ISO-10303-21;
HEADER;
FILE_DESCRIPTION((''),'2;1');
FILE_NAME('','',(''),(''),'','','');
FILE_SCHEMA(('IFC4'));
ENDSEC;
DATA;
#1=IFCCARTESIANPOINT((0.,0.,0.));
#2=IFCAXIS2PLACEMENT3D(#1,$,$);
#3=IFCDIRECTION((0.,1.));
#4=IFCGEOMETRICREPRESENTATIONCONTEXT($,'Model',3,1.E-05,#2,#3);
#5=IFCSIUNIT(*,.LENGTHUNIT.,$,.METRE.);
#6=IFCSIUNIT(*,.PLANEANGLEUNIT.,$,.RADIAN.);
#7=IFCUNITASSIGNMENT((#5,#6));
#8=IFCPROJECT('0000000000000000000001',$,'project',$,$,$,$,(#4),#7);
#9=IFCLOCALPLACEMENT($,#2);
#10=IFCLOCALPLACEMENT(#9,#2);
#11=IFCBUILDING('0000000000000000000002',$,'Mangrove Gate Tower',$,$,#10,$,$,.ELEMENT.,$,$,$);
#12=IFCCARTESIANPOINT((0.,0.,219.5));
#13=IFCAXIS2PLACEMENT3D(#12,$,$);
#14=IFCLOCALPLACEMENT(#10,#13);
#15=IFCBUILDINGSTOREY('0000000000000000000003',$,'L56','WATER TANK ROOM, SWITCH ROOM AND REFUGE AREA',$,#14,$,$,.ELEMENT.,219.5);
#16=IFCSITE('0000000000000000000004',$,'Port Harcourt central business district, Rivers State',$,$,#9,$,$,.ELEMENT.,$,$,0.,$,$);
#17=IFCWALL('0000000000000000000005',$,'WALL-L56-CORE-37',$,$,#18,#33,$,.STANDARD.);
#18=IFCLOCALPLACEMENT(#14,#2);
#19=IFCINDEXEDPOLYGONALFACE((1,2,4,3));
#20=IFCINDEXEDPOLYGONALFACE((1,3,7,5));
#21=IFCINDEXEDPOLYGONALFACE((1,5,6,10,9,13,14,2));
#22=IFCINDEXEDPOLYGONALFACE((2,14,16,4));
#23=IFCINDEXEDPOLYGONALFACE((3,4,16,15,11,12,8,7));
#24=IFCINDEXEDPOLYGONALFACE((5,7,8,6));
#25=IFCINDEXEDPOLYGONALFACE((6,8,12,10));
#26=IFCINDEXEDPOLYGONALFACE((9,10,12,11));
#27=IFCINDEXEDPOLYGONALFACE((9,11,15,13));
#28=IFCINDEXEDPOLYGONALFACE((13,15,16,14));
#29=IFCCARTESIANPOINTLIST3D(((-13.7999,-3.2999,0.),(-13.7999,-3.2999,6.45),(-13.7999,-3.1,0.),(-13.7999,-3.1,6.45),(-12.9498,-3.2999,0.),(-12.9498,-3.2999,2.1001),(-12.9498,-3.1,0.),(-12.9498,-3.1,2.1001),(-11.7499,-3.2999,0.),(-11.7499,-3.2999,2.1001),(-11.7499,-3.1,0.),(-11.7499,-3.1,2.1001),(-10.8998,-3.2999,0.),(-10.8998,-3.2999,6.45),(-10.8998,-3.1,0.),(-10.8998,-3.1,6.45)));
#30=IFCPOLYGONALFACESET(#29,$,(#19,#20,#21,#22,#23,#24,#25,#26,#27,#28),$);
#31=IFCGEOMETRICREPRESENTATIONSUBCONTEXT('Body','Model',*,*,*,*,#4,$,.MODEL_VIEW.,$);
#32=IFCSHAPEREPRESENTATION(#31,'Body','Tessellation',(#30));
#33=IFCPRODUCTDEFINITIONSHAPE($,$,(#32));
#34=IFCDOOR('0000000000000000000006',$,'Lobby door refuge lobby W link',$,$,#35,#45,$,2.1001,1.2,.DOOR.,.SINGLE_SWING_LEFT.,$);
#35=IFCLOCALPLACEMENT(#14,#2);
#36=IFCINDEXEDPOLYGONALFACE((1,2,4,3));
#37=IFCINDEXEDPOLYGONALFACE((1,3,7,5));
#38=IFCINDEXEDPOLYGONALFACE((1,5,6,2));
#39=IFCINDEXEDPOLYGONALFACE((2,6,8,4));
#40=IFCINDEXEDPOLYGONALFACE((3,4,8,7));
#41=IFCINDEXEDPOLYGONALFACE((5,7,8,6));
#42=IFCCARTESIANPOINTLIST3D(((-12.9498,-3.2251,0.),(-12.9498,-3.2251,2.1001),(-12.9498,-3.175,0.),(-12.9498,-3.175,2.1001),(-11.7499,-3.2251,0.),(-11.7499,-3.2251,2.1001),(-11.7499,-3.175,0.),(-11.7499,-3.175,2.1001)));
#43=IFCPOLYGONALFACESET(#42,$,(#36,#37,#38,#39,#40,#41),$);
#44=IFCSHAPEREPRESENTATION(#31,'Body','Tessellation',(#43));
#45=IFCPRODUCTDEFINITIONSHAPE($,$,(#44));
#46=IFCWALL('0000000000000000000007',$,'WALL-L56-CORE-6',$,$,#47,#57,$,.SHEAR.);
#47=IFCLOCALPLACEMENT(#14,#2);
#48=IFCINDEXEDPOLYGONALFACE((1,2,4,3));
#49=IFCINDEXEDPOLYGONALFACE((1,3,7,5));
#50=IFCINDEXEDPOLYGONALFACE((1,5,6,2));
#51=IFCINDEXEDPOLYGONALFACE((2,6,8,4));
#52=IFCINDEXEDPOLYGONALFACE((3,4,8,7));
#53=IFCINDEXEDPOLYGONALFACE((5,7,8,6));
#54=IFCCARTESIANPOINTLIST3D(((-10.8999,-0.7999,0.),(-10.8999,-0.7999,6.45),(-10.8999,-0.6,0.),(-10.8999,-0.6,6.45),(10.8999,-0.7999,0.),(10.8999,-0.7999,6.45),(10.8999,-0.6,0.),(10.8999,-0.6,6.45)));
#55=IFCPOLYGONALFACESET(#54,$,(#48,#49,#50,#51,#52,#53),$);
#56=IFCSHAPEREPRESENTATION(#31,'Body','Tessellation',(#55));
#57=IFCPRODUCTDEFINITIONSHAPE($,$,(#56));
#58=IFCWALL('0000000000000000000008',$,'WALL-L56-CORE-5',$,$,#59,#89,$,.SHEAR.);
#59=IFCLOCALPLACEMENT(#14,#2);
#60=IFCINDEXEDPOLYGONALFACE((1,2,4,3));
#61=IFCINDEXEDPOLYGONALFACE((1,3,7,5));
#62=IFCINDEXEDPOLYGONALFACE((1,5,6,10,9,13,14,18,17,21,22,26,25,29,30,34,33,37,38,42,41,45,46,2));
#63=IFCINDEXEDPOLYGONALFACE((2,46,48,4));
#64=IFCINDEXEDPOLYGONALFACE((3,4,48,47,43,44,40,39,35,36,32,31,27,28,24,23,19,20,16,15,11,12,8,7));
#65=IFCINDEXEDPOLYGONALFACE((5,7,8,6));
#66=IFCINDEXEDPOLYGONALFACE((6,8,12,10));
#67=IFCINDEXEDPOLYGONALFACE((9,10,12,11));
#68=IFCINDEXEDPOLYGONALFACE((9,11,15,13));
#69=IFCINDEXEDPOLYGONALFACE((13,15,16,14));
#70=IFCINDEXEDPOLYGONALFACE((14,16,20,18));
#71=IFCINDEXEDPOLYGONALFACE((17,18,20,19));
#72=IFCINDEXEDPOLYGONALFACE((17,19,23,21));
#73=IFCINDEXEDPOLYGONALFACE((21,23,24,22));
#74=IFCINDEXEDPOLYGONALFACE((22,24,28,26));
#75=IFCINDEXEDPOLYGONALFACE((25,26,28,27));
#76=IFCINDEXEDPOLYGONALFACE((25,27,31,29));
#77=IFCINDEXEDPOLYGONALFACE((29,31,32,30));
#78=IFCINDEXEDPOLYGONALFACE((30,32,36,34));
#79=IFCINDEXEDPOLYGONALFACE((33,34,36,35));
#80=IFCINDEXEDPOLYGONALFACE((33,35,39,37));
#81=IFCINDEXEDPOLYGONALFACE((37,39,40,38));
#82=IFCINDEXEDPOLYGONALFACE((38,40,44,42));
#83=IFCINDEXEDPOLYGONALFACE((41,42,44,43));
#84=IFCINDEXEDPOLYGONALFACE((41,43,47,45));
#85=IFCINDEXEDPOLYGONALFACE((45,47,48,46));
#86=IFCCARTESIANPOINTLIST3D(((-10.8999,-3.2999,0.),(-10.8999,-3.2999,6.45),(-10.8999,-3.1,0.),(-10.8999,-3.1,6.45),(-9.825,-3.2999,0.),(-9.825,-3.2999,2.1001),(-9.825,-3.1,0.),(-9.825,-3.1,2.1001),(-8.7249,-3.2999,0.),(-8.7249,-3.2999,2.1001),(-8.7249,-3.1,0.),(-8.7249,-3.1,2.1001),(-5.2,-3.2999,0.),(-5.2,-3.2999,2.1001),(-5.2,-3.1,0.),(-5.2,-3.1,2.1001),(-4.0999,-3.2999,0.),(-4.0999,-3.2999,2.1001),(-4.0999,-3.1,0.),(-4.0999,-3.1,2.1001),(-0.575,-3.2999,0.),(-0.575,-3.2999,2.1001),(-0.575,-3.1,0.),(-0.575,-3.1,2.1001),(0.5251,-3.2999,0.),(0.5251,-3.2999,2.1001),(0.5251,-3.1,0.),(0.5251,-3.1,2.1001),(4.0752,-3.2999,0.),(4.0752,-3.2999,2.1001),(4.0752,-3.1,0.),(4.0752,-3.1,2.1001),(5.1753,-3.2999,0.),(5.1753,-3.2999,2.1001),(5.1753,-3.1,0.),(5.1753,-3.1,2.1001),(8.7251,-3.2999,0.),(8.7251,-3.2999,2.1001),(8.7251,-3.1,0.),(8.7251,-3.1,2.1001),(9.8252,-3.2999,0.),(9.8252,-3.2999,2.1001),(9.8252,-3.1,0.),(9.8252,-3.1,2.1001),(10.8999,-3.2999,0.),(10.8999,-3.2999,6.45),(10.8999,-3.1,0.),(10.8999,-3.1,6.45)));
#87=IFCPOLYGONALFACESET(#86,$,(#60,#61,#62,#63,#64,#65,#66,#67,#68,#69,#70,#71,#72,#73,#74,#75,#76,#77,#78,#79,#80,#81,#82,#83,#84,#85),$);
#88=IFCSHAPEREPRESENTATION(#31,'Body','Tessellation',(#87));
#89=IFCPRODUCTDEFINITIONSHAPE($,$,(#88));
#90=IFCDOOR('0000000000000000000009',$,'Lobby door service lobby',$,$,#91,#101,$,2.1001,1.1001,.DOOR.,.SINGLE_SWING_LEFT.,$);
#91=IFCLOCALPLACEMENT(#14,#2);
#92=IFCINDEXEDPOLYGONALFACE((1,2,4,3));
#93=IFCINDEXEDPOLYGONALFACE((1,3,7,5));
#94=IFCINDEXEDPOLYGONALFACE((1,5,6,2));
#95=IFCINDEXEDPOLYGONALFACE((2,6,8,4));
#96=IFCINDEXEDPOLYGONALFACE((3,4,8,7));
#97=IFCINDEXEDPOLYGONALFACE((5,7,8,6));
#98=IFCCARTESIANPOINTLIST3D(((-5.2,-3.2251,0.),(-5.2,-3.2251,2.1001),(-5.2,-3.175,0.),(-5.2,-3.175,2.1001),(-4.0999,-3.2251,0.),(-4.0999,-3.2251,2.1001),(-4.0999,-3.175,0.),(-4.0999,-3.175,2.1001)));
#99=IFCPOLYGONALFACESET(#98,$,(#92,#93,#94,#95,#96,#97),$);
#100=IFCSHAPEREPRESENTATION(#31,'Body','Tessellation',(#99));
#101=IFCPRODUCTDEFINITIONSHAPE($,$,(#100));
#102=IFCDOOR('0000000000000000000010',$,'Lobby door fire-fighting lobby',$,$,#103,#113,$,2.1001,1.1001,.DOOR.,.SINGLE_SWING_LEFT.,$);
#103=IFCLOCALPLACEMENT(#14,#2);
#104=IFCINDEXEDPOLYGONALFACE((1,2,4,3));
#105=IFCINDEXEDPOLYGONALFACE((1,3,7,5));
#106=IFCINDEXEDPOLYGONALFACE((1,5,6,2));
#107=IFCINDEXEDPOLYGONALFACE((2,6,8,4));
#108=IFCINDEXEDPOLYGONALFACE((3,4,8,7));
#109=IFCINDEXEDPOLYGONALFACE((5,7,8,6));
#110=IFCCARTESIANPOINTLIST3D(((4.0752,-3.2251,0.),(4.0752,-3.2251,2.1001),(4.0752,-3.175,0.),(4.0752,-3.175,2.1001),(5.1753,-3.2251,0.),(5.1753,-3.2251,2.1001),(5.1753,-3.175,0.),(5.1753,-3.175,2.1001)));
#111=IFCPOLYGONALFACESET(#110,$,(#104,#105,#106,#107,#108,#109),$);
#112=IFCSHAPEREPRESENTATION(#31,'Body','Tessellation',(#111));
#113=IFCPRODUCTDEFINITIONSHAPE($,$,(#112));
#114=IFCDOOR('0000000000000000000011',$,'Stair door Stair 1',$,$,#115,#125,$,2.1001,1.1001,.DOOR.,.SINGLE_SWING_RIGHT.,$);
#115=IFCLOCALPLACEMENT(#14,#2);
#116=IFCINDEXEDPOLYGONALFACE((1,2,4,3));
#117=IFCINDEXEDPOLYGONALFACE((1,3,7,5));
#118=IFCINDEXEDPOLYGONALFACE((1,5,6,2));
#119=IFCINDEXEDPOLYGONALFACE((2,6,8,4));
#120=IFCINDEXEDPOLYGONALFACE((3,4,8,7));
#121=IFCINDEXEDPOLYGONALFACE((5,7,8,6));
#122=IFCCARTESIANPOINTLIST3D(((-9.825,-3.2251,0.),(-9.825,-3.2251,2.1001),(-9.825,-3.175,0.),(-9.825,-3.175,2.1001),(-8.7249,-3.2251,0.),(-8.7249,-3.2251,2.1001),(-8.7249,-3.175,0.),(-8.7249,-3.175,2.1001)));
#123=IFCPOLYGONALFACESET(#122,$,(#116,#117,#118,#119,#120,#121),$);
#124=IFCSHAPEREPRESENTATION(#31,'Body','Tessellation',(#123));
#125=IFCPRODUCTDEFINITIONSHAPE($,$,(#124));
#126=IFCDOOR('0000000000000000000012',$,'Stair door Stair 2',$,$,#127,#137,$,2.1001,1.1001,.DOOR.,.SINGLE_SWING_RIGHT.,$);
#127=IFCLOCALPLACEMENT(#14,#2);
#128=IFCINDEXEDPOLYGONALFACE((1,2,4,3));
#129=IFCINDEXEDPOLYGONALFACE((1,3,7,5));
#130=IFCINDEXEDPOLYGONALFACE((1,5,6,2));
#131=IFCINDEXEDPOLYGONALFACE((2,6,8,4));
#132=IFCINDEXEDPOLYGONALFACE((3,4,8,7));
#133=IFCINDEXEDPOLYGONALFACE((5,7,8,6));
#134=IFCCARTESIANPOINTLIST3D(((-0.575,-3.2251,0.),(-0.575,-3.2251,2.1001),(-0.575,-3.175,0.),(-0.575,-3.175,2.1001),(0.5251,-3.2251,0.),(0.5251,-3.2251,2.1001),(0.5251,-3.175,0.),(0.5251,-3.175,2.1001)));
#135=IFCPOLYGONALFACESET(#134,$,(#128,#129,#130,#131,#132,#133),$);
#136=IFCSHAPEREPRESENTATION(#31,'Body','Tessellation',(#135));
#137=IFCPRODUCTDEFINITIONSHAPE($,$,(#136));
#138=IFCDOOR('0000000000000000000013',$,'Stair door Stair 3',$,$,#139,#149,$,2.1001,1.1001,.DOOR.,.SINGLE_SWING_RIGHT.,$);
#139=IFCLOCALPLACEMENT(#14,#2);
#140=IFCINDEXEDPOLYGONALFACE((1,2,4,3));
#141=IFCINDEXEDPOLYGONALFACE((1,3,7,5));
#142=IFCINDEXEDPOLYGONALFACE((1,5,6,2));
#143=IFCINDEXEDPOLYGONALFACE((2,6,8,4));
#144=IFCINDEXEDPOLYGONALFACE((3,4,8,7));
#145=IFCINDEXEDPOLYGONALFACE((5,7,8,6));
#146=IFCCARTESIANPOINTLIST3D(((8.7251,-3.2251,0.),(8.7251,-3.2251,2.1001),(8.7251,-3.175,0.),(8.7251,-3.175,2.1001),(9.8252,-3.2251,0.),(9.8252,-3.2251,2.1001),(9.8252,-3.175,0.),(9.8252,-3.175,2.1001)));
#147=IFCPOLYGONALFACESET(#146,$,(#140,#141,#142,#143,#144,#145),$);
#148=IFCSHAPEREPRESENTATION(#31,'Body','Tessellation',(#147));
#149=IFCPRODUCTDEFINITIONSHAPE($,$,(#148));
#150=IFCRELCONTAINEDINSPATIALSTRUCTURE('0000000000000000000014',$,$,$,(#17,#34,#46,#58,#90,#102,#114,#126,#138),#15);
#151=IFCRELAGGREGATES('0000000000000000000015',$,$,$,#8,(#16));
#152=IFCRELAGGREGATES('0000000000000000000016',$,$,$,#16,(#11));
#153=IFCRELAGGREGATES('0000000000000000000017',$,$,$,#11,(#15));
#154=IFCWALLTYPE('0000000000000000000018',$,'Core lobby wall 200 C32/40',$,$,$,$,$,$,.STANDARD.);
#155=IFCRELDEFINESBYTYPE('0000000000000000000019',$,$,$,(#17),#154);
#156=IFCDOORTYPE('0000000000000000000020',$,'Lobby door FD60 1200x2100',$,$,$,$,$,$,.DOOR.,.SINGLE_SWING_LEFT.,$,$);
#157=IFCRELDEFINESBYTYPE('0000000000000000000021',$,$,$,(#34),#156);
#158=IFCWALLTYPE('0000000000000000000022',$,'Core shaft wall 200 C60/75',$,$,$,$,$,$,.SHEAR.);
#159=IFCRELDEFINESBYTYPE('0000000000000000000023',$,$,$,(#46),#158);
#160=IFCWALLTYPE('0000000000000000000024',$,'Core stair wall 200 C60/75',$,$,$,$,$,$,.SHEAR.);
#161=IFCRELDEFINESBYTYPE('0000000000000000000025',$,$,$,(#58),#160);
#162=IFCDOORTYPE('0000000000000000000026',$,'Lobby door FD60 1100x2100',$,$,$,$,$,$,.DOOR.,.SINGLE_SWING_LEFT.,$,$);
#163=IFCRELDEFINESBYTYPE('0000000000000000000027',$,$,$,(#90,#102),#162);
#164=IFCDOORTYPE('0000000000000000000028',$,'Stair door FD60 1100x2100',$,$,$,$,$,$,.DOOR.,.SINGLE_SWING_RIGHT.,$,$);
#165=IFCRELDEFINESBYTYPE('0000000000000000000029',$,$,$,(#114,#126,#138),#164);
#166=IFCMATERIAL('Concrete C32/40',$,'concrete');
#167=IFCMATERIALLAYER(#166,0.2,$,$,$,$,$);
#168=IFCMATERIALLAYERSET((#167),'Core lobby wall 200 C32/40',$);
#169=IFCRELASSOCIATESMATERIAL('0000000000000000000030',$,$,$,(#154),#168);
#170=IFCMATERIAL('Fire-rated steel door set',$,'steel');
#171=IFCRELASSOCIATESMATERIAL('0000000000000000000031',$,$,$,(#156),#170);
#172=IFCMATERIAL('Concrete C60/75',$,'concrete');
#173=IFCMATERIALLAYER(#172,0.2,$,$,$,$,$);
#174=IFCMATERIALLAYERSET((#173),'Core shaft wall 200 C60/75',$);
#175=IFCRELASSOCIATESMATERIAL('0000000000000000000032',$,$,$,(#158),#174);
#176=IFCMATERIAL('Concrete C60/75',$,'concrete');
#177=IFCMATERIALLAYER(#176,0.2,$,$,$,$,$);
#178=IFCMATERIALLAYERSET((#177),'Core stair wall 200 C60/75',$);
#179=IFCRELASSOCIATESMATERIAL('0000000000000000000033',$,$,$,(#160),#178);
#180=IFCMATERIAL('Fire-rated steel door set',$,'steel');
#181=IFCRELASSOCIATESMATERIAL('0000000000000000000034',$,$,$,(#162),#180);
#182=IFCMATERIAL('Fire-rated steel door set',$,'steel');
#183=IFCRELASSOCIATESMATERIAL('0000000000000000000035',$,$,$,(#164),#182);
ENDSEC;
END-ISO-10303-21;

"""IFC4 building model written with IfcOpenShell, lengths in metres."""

from ifc_helpers import new_model, si_unit, direction, frame, frame_2d, origin, place, context, subcontext, project, spatial, rectangle, extrude, material, layer, layer_set, type_object, element, fill, save


model = new_model("IFC4")

# Units and contexts
model_context = context("Model", 3, precision=1e-05, world=origin(), true_north=direction((0.0, 1.0)))
body_context = subcontext(model_context, "Body", "Model", "MODEL_VIEW")
ifc_project = project(units=[si_unit("LENGTHUNIT", "METRE"), si_unit("PLANEANGLEUNIT", "RADIAN")], contexts=[model_context])

# Site, building, storey
site_placement = place(None, origin())
site = spatial("IfcSite", under=ifc_project, at=site_placement, Name="Port Harcourt central business district, Rivers State", CompositionType="ELEMENT", RefElevation=0.0)
building_placement = place(site_placement, origin())
building = spatial("IfcBuilding", under=site, at=building_placement, Name="Mangrove Gate Tower", CompositionType="ELEMENT")
storey_placement = place(building_placement, frame((0.0, 0.0, 219.5)))
storey = spatial("IfcBuildingStorey", under=building, at=storey_placement, Name="L56", Description="WATER TANK ROOM, SWITCH ROOM AND REFUGE AREA", CompositionType="ELEMENT", Elevation=219.5)

# Wall, opening, door
ifc_material_1 = material(Name="Concrete C32/40", Category="concrete")
ifc_layer_1 = layer(ifc_material_1, 0.2)
ifc_layer_set_1 = layer_set([ifc_layer_1], Name="Core lobby wall 200 C32/40")
wall_type_1 = type_object("IfcWallType", Name="Core lobby wall 200 C32/40", PredefinedType="STANDARD", material=ifc_layer_set_1)
wall_1_placement = place(storey_placement, frame((-13.8, -3.2, 0.0), z_axis=(0.0, 0.0, 1.0), x_axis=(1.0, 0.0, 0.0)))
wall_1 = element("IfcWall", 1, at=wall_1_placement, inside=storey, type_object=wall_type_1, Name="WALL-L56-CORE-37", PredefinedType="STANDARD", context=body_context, shape_type="SweptSolid", body=[
    extrude(rectangle(XDim=2.9001, YDim=0.2, at=frame_2d((1.4502, 0.0))), origin(), (0.0, 0.0, 1.0), 6.45),
])
opening_1_placement = place(wall_1_placement, frame((0.8501, 0.0, 0.0)))
opening_1 = element("IfcOpeningElement", 2, at=opening_1_placement, cuts=wall_1, PredefinedType="OPENING", context=body_context, shape_type="SweptSolid", body=[
    extrude(rectangle(XDim=1.2, YDim=2.1001, at=frame_2d((0.6001, 1.05))), frame((0.0, 0.1099, 0.0), z_axis=(0.0, -1.0, 0.0), x_axis=(1.0, 0.0, 0.0)), (0.0, 0.0, 1.0), 0.22),
])
ifc_material_2 = material(Name="Fire-rated steel door set", Category="steel")
door_type_1 = type_object("IfcDoorType", Name="Lobby door FD60 1200x2100", OperationType="SINGLE_SWING_LEFT", PredefinedType="DOOR", material=ifc_material_2)
door_1_placement = place(opening_1_placement, origin())
door_1 = element("IfcDoor", 3, at=door_1_placement, inside=storey, type_object=door_type_1, Name="Lobby door refuge lobby W link", OperationType="SINGLE_SWING_LEFT", OverallHeight=2.1001, OverallWidth=1.2, PredefinedType="DOOR", context=body_context, shape_type="SweptSolid", body=[
    extrude(rectangle(XDim=1.2, YDim=2.1001, at=frame_2d((0.6001, 1.05))), frame((0.0, 0.0249, 0.0), z_axis=(0.0, -1.0, 0.0), x_axis=(1.0, 0.0, 0.0)), (0.0, 0.0, 1.0), 0.05),
])
fill(opening_1, door_1)

# Wall
ifc_material_3 = material(Name="Concrete C60/75", Category="concrete")
ifc_layer_2 = layer(ifc_material_3, 0.2)
ifc_layer_set_2 = layer_set([ifc_layer_2], Name="Core shaft wall 200 C60/75")
wall_type_2 = type_object("IfcWallType", Name="Core shaft wall 200 C60/75", PredefinedType="SHEAR", material=ifc_layer_set_2)
wall_2_placement = place(storey_placement, frame((-10.8999, -0.7, 0.0), z_axis=(0.0, 0.0, 1.0), x_axis=(1.0, 0.0, 0.0)))
element("IfcWall", 4, at=wall_2_placement, inside=storey, type_object=wall_type_2, Name="WALL-L56-CORE-6", PredefinedType="SHEAR", context=body_context, shape_type="SweptSolid", body=[
    extrude(rectangle(XDim=21.7998, YDim=0.2, at=frame_2d((10.8999, 0.0))), origin(), (0.0, 0.0, 1.0), 6.45),
])

# Wall, openings, doors
ifc_material_4 = material(Name="Concrete C60/75", Category="concrete")
ifc_layer_3 = layer(ifc_material_4, 0.2)
ifc_layer_set_3 = layer_set([ifc_layer_3], Name="Core stair wall 200 C60/75")
wall_type_3 = type_object("IfcWallType", Name="Core stair wall 200 C60/75", PredefinedType="SHEAR", material=ifc_layer_set_3)
wall_3_placement = place(storey_placement, frame((-10.8999, -3.2, 0.0), z_axis=(0.0, 0.0, 1.0), x_axis=(1.0, 0.0, 0.0)))
wall_3 = element("IfcWall", 5, at=wall_3_placement, inside=storey, type_object=wall_type_3, Name="WALL-L56-CORE-5", PredefinedType="SHEAR", context=body_context, shape_type="SweptSolid", body=[
    extrude(rectangle(XDim=21.7998, YDim=0.2, at=frame_2d((10.8999, 0.0))), origin(), (0.0, 0.0, 1.0), 6.45),
])
opening_2_placement = place(wall_3_placement, frame((1.075, 0.0, 0.0)))
opening_2 = element("IfcOpeningElement", 6, at=opening_2_placement, cuts=wall_3, PredefinedType="OPENING", context=body_context, shape_type="SweptSolid", body=[
    extrude(rectangle(XDim=1.1001, YDim=2.1001, at=frame_2d((0.55, 1.05))), frame((0.0, 0.1099, 0.0), z_axis=(0.0, -1.0, 0.0), x_axis=(1.0, 0.0, 0.0)), (0.0, 0.0, 1.0), 0.22),
])
opening_3_placement = place(wall_3_placement, frame((10.325, 0.0, 0.0)))
opening_3 = element("IfcOpeningElement", 7, at=opening_3_placement, cuts=wall_3, PredefinedType="OPENING", context=body_context, shape_type="SweptSolid", body=[
    extrude(rectangle(XDim=1.1001, YDim=2.1001, at=frame_2d((0.55, 1.05))), frame((0.0, 0.1099, 0.0), z_axis=(0.0, -1.0, 0.0), x_axis=(1.0, 0.0, 0.0)), (0.0, 0.0, 1.0), 0.22),
])
opening_4_placement = place(wall_3_placement, frame((19.625, 0.0, 0.0)))
opening_4 = element("IfcOpeningElement", 8, at=opening_4_placement, cuts=wall_3, PredefinedType="OPENING", context=body_context, shape_type="SweptSolid", body=[
    extrude(rectangle(XDim=1.1001, YDim=2.1001, at=frame_2d((0.55, 1.05))), frame((0.0, 0.1099, 0.0), z_axis=(0.0, -1.0, 0.0), x_axis=(1.0, 0.0, 0.0)), (0.0, 0.0, 1.0), 0.22),
])
opening_5_placement = place(wall_3_placement, frame((5.7, 0.0, 0.0)))
opening_5 = element("IfcOpeningElement", 9, at=opening_5_placement, cuts=wall_3, PredefinedType="OPENING", context=body_context, shape_type="SweptSolid", body=[
    extrude(rectangle(XDim=1.1001, YDim=2.1001, at=frame_2d((0.55, 1.05))), frame((0.0, 0.1099, 0.0), z_axis=(0.0, -1.0, 0.0), x_axis=(1.0, 0.0, 0.0)), (0.0, 0.0, 1.0), 0.22),
])
opening_6_placement = place(wall_3_placement, frame((14.9751, 0.0, 0.0)))
opening_6 = element("IfcOpeningElement", 10, at=opening_6_placement, cuts=wall_3, PredefinedType="OPENING", context=body_context, shape_type="SweptSolid", body=[
    extrude(rectangle(XDim=1.1001, YDim=2.1001, at=frame_2d((0.55, 1.05))), frame((0.0, 0.1099, 0.0), z_axis=(0.0, -1.0, 0.0), x_axis=(1.0, 0.0, 0.0)), (0.0, 0.0, 1.0), 0.22),
])
ifc_material_5 = material(Name="Fire-rated steel door set", Category="steel")
door_type_2 = type_object("IfcDoorType", Name="Lobby door FD60 1100x2100", OperationType="SINGLE_SWING_LEFT", PredefinedType="DOOR", material=ifc_material_5)
door_2_placement = place(opening_5_placement, origin())
door_2 = element("IfcDoor", 11, at=door_2_placement, inside=storey, type_object=door_type_2, Name="Lobby door service lobby", OperationType="SINGLE_SWING_LEFT", OverallHeight=2.1001, OverallWidth=1.1001, PredefinedType="DOOR", context=body_context, shape_type="SweptSolid", body=[
    extrude(rectangle(XDim=1.1001, YDim=2.1001, at=frame_2d((0.55, 1.05))), frame((0.0, 0.0249, 0.0), z_axis=(0.0, -1.0, 0.0), x_axis=(1.0, 0.0, 0.0)), (0.0, 0.0, 1.0), 0.05),
])
fill(opening_5, door_2)
door_3_placement = place(opening_6_placement, origin())
door_3 = element("IfcDoor", 12, at=door_3_placement, inside=storey, type_object=door_type_2, Name="Lobby door fire-fighting lobby", OperationType="SINGLE_SWING_LEFT", OverallHeight=2.1001, OverallWidth=1.1001, PredefinedType="DOOR", context=body_context, shape_type="SweptSolid", body=[
    extrude(rectangle(XDim=1.1001, YDim=2.1001, at=frame_2d((0.55, 1.05))), frame((0.0, 0.0249, 0.0), z_axis=(0.0, -1.0, 0.0), x_axis=(1.0, 0.0, 0.0)), (0.0, 0.0, 1.0), 0.05),
])
fill(opening_6, door_3)
ifc_material_6 = material(Name="Fire-rated steel door set", Category="steel")
door_type_3 = type_object("IfcDoorType", Name="Stair door FD60 1100x2100", OperationType="SINGLE_SWING_RIGHT", PredefinedType="DOOR", material=ifc_material_6)
door_4_placement = place(opening_2_placement, origin())
door_4 = element("IfcDoor", 13, at=door_4_placement, inside=storey, type_object=door_type_3, Name="Stair door Stair 1", OperationType="SINGLE_SWING_RIGHT", OverallHeight=2.1001, OverallWidth=1.1001, PredefinedType="DOOR", context=body_context, shape_type="SweptSolid", body=[
    extrude(rectangle(XDim=1.1001, YDim=2.1001, at=frame_2d((0.55, 1.05))), frame((0.0, 0.0249, 0.0), z_axis=(0.0, -1.0, 0.0), x_axis=(1.0, 0.0, 0.0)), (0.0, 0.0, 1.0), 0.05),
])
fill(opening_2, door_4)
door_5_placement = place(opening_3_placement, origin())
door_5 = element("IfcDoor", 14, at=door_5_placement, inside=storey, type_object=door_type_3, Name="Stair door Stair 2", OperationType="SINGLE_SWING_RIGHT", OverallHeight=2.1001, OverallWidth=1.1001, PredefinedType="DOOR", context=body_context, shape_type="SweptSolid", body=[
    extrude(rectangle(XDim=1.1001, YDim=2.1001, at=frame_2d((0.55, 1.05))), frame((0.0, 0.0249, 0.0), z_axis=(0.0, -1.0, 0.0), x_axis=(1.0, 0.0, 0.0)), (0.0, 0.0, 1.0), 0.05),
])
fill(opening_3, door_5)
door_6_placement = place(opening_4_placement, origin())
door_6 = element("IfcDoor", 15, at=door_6_placement, inside=storey, type_object=door_type_3, Name="Stair door Stair 3", OperationType="SINGLE_SWING_RIGHT", OverallHeight=2.1001, OverallWidth=1.1001, PredefinedType="DOOR", context=body_context, shape_type="SweptSolid", body=[
    extrude(rectangle(XDim=1.1001, YDim=2.1001, at=frame_2d((0.55, 1.05))), frame((0.0, 0.0249, 0.0), z_axis=(0.0, -1.0, 0.0), x_axis=(1.0, 0.0, 0.0)), (0.0, 0.0, 1.0), 0.05),
])
fill(opening_4, door_6)

save(model, "model.ifc")
